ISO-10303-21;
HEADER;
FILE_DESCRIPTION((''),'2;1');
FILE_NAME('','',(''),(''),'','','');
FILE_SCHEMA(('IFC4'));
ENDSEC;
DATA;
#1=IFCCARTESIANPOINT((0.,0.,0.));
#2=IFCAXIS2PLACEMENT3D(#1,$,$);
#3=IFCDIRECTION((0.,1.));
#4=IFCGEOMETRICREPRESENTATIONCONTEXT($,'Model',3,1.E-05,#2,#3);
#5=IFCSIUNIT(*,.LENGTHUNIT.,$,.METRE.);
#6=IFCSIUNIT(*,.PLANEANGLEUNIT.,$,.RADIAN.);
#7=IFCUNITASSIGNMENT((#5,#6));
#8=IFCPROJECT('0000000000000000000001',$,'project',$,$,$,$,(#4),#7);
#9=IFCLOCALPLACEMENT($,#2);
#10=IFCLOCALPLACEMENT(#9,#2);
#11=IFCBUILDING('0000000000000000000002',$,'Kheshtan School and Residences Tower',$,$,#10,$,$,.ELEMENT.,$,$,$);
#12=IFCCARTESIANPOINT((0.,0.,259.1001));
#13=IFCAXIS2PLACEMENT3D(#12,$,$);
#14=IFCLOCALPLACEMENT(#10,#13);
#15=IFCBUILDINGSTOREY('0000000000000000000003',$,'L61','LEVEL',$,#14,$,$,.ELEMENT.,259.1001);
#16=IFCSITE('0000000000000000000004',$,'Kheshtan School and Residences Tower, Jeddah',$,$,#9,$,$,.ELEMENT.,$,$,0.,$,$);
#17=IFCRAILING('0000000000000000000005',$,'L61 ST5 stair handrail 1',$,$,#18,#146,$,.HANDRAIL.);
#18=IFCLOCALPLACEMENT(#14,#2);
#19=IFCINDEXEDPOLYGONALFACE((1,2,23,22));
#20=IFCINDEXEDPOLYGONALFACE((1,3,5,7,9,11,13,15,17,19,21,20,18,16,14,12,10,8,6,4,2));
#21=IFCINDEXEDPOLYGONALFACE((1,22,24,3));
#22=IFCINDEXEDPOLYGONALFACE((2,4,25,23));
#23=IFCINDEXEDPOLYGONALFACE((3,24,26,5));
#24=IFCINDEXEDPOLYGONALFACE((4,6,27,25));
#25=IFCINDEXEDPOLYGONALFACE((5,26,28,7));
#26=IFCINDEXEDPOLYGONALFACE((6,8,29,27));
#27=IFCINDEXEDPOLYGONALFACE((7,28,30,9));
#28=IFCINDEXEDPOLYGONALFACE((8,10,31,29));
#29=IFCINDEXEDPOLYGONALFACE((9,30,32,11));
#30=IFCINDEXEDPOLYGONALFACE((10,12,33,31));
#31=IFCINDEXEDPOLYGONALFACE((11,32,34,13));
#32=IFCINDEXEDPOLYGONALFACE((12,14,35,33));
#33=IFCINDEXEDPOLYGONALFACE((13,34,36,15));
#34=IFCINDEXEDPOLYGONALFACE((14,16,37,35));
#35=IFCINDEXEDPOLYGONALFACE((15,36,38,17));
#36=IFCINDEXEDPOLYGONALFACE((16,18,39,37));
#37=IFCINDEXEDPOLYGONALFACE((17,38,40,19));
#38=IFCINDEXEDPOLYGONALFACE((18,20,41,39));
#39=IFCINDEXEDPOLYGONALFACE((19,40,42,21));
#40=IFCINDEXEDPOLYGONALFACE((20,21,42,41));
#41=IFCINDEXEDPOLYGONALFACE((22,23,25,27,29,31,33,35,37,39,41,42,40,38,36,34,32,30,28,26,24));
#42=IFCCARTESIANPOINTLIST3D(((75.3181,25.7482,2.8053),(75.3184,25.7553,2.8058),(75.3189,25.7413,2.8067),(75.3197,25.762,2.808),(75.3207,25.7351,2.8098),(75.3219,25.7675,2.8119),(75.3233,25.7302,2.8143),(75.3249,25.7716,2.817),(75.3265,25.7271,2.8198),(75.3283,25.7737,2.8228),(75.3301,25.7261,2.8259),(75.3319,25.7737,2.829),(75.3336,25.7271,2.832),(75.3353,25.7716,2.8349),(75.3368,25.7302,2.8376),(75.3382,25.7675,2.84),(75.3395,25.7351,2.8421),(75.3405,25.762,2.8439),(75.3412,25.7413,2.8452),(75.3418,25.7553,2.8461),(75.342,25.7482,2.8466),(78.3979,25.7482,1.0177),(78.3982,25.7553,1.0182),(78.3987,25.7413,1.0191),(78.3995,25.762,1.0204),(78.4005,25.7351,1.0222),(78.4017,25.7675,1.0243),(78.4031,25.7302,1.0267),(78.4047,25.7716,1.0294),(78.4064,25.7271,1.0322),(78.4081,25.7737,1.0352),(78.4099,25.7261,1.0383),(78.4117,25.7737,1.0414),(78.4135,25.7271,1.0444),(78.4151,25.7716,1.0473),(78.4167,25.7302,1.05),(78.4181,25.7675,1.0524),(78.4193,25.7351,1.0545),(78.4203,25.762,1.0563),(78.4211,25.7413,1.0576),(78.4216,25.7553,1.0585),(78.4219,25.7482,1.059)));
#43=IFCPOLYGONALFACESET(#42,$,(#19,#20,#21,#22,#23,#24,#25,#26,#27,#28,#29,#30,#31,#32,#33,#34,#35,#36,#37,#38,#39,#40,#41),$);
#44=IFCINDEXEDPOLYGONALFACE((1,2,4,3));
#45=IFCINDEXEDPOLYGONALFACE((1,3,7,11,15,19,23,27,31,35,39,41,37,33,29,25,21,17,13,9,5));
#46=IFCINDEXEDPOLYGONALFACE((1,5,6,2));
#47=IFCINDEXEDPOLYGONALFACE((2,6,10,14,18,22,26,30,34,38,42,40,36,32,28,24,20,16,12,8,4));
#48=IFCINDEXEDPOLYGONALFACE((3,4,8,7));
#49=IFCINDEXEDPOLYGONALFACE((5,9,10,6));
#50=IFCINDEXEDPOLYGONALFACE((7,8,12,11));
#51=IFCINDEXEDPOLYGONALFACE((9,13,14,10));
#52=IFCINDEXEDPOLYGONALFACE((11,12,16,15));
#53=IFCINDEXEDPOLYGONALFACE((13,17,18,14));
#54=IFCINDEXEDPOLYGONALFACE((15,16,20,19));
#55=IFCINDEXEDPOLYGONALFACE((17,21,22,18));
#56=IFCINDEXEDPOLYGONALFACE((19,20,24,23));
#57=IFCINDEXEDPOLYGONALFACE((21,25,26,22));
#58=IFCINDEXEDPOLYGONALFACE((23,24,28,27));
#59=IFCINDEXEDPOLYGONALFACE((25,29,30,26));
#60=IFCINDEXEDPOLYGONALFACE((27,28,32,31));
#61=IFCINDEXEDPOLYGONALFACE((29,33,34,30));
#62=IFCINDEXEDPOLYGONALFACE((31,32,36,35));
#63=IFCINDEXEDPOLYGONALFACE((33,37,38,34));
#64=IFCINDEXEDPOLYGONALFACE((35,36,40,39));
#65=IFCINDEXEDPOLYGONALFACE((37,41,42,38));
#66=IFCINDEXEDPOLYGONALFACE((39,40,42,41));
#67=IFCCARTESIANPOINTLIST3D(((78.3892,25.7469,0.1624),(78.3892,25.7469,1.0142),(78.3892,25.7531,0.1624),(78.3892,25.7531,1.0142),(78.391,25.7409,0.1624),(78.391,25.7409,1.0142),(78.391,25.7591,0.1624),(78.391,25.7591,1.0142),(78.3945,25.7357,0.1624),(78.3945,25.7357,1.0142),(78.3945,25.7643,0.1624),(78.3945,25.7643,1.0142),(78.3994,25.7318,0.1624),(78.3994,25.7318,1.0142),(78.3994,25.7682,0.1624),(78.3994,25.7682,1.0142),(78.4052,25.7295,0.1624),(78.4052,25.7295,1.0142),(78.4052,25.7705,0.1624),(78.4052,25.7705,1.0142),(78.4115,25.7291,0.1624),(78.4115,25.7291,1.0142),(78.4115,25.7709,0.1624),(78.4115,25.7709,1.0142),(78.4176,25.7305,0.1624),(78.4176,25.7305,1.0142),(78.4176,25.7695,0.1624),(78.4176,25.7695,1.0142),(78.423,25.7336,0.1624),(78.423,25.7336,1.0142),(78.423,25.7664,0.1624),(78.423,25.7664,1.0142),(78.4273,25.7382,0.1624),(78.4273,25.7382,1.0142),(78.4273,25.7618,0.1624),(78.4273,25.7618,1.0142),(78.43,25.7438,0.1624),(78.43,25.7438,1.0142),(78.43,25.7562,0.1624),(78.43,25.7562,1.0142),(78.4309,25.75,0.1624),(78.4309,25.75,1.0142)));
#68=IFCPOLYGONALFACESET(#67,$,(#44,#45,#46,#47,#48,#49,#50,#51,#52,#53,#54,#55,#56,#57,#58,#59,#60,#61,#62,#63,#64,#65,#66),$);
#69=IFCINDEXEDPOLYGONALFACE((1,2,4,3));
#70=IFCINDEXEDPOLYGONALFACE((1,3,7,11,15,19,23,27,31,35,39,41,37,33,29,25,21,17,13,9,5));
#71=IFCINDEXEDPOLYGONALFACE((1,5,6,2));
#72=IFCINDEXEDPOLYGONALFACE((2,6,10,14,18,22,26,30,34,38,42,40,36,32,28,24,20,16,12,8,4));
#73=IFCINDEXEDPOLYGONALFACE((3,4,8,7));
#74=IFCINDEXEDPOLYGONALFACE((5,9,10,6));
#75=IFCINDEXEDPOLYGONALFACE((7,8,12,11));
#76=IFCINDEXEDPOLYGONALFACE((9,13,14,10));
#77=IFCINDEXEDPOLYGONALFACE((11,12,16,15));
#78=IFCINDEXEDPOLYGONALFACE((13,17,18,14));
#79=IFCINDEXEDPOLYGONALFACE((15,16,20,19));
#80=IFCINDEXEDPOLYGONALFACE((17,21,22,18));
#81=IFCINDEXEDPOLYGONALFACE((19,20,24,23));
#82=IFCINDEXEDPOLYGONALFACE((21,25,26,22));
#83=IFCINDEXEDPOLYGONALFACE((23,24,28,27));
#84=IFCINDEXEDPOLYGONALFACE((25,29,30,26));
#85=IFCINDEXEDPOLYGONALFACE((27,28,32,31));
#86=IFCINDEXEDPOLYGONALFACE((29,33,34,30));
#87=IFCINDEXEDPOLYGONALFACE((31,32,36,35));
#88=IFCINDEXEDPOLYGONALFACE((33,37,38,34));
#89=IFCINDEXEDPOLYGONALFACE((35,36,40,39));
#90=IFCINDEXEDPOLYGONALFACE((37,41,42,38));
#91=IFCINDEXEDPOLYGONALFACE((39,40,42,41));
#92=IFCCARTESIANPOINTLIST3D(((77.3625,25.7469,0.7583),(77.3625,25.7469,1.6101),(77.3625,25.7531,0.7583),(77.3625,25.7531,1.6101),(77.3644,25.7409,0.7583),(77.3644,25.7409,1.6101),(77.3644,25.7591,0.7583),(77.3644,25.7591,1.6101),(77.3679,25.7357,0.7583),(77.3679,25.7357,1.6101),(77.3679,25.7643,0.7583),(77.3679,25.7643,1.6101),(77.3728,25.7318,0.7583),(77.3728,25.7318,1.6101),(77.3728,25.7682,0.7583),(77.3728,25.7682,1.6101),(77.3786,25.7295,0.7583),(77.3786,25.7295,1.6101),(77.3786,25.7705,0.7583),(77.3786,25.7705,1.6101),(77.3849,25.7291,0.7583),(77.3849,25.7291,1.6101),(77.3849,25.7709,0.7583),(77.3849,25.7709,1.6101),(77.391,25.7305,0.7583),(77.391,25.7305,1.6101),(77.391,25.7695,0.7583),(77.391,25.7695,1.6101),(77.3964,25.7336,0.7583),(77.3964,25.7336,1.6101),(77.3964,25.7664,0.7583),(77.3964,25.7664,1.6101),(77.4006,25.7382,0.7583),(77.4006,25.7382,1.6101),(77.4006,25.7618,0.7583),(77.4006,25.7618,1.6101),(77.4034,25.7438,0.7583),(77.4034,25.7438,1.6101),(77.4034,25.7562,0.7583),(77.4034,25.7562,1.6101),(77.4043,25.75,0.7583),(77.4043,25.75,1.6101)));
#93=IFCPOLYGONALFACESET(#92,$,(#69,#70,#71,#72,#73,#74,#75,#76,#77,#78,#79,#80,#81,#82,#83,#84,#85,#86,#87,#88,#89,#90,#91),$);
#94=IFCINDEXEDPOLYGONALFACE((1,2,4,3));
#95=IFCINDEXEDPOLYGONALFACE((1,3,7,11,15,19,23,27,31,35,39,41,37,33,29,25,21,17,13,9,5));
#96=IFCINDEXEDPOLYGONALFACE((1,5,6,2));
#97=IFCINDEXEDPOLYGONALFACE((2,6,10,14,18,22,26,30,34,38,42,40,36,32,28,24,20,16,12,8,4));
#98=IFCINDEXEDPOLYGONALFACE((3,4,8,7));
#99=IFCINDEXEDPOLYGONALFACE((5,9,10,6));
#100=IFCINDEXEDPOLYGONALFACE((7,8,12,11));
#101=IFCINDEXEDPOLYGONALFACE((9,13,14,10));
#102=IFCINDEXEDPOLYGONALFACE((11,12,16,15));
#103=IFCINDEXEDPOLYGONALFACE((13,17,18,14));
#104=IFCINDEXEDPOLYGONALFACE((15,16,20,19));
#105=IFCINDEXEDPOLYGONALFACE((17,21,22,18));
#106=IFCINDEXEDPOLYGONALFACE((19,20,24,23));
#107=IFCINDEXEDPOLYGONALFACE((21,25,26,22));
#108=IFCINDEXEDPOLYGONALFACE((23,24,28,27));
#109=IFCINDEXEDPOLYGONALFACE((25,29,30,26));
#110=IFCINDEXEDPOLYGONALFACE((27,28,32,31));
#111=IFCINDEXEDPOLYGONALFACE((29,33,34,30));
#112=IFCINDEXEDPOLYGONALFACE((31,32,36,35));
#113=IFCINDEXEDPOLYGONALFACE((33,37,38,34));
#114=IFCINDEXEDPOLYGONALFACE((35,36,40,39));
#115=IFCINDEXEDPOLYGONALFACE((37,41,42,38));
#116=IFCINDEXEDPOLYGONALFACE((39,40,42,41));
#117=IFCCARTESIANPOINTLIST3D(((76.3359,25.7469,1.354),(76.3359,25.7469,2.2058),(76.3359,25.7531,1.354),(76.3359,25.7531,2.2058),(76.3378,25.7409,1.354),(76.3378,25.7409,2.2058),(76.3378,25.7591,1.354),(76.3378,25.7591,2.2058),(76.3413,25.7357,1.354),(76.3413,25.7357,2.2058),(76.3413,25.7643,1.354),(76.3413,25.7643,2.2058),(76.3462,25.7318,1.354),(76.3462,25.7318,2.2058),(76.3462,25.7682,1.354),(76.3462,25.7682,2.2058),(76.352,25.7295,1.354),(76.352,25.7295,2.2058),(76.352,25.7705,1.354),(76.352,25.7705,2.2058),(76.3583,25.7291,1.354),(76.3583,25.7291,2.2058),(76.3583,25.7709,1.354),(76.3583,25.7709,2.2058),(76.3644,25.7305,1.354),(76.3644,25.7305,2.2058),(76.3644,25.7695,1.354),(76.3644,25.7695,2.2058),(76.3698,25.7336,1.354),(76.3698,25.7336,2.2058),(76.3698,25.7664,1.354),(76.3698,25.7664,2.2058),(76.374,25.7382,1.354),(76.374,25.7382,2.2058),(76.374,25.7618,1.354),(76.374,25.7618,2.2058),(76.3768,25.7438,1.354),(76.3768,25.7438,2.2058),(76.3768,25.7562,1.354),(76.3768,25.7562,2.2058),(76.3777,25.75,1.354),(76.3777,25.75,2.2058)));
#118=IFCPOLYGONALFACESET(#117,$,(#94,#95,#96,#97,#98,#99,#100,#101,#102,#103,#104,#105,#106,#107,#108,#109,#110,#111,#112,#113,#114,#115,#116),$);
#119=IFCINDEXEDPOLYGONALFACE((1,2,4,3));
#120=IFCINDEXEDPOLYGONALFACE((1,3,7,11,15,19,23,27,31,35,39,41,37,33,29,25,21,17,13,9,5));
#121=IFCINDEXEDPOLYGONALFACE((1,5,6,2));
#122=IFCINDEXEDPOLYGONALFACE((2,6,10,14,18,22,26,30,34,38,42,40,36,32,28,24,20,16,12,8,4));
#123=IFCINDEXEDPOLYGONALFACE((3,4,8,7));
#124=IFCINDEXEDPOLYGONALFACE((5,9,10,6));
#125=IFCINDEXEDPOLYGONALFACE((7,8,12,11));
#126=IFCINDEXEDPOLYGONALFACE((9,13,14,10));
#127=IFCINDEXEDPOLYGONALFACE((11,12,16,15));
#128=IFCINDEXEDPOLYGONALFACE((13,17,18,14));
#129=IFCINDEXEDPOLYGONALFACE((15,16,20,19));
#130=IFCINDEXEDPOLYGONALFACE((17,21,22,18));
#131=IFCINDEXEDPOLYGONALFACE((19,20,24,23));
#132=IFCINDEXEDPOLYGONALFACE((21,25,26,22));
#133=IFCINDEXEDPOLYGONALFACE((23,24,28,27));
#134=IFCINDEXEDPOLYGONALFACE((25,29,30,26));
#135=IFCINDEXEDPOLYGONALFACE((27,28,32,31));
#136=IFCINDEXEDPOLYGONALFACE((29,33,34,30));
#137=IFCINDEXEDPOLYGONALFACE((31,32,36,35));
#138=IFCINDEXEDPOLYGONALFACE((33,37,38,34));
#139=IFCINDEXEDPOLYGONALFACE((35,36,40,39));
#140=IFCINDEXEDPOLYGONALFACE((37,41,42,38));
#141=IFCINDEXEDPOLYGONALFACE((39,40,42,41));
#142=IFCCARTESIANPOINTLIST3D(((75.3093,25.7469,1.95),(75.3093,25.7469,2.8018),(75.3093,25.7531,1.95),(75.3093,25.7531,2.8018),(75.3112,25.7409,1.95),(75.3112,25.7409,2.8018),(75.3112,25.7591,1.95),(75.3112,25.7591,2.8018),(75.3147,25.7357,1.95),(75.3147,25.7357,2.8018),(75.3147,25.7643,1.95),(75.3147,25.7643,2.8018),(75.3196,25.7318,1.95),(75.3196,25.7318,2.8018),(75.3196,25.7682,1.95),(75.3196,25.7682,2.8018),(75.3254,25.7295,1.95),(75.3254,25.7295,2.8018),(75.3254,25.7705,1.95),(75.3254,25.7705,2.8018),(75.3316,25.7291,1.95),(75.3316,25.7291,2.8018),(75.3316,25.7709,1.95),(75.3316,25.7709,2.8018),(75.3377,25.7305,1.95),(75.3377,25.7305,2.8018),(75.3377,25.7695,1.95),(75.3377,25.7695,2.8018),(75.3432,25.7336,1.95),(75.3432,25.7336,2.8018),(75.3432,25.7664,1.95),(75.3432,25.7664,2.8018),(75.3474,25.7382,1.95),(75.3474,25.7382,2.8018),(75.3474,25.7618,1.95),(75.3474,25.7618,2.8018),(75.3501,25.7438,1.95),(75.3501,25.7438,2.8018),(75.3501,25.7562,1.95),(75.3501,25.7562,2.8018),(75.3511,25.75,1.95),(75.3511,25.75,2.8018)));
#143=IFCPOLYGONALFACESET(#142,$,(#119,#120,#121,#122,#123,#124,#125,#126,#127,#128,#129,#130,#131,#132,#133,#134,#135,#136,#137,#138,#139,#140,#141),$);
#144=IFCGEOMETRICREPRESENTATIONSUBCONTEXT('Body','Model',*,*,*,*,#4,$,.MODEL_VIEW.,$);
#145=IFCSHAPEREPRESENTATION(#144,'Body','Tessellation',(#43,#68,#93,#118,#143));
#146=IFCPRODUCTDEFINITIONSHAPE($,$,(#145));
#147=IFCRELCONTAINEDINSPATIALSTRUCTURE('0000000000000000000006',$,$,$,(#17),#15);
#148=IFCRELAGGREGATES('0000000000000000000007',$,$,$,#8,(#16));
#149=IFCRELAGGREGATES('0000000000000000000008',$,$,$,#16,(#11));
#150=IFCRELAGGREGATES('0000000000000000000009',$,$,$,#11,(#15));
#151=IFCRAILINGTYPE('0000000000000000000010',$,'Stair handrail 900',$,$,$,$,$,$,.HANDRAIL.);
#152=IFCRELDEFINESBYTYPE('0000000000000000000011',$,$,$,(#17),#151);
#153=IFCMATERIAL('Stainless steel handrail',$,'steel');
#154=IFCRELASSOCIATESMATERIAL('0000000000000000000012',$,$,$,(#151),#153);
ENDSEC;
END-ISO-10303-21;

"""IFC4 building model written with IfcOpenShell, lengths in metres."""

from ifc_helpers import new_model, si_unit, direction, frame, origin, origin_2d, place, context, subcontext, project, spatial, circle, extrude, material, type_object, element, save


model = new_model("IFC4")

# Units and contexts
model_context = context("Model", 3, precision=1e-05, world=origin(), true_north=direction((0.0, 1.0)))
body_context = subcontext(model_context, "Body", "Model", "MODEL_VIEW")
ifc_project = project(units=[si_unit("LENGTHUNIT", "METRE"), si_unit("PLANEANGLEUNIT", "RADIAN")], contexts=[model_context])

# Site, building, storey
site_placement = place(None, origin())
site = spatial("IfcSite", under=ifc_project, at=site_placement, Name="Kheshtan School and Residences Tower, Jeddah", CompositionType="ELEMENT", RefElevation=0.0)
building_placement = place(site_placement, origin())
building = spatial("IfcBuilding", under=site, at=building_placement, Name="Kheshtan School and Residences Tower", CompositionType="ELEMENT")
storey_placement = place(building_placement, frame((0.0, 0.0, 259.1001)))
storey = spatial("IfcBuildingStorey", under=building, at=storey_placement, Name="L61", Description="LEVEL", CompositionType="ELEMENT", Elevation=259.1001)

# Railing
ifc_material_1 = material(Name="Stainless steel handrail", Category="steel")
railing_type_1 = type_object("IfcRailingType", Name="Stair handrail 900", PredefinedType="HANDRAIL", material=ifc_material_1)
railing_1_placement = place(storey_placement, frame((78.4099, 25.75, 0.1624)))
element("IfcRailing", 1, at=railing_1_placement, inside=storey, type_object=railing_type_1, Name="L61 ST5 stair handrail 1", PredefinedType="HANDRAIL", context=body_context, shape_type="SweptSolid", body=[
    extrude(circle(Radius=0.0239, at=origin_2d()), frame((0.0, 0.0, 0.876), z_axis=(-0.864873, 0.0, 0.50199), x_axis=(0.0, -1.0, 0.0)), (0.0, 0.0, 1.0), 3.561),
    extrude(circle(Radius=0.021, at=origin_2d()), origin(), (0.0, 0.0, 1.0), 0.8518),
    extrude(circle(Radius=0.021, at=origin_2d()), frame((-1.0266, 0.0, 0.5959)), (0.0, 0.0, 1.0), 0.8518),
    extrude(circle(Radius=0.021, at=origin_2d()), frame((-2.0532, 0.0, 1.1917)), (0.0, 0.0, 1.0), 0.8518),
    extrude(circle(Radius=0.021, at=origin_2d()), frame((-3.0798, 0.0, 1.7876)), (0.0, 0.0, 1.0), 0.8518),
])

save(model, "model.ifc")
